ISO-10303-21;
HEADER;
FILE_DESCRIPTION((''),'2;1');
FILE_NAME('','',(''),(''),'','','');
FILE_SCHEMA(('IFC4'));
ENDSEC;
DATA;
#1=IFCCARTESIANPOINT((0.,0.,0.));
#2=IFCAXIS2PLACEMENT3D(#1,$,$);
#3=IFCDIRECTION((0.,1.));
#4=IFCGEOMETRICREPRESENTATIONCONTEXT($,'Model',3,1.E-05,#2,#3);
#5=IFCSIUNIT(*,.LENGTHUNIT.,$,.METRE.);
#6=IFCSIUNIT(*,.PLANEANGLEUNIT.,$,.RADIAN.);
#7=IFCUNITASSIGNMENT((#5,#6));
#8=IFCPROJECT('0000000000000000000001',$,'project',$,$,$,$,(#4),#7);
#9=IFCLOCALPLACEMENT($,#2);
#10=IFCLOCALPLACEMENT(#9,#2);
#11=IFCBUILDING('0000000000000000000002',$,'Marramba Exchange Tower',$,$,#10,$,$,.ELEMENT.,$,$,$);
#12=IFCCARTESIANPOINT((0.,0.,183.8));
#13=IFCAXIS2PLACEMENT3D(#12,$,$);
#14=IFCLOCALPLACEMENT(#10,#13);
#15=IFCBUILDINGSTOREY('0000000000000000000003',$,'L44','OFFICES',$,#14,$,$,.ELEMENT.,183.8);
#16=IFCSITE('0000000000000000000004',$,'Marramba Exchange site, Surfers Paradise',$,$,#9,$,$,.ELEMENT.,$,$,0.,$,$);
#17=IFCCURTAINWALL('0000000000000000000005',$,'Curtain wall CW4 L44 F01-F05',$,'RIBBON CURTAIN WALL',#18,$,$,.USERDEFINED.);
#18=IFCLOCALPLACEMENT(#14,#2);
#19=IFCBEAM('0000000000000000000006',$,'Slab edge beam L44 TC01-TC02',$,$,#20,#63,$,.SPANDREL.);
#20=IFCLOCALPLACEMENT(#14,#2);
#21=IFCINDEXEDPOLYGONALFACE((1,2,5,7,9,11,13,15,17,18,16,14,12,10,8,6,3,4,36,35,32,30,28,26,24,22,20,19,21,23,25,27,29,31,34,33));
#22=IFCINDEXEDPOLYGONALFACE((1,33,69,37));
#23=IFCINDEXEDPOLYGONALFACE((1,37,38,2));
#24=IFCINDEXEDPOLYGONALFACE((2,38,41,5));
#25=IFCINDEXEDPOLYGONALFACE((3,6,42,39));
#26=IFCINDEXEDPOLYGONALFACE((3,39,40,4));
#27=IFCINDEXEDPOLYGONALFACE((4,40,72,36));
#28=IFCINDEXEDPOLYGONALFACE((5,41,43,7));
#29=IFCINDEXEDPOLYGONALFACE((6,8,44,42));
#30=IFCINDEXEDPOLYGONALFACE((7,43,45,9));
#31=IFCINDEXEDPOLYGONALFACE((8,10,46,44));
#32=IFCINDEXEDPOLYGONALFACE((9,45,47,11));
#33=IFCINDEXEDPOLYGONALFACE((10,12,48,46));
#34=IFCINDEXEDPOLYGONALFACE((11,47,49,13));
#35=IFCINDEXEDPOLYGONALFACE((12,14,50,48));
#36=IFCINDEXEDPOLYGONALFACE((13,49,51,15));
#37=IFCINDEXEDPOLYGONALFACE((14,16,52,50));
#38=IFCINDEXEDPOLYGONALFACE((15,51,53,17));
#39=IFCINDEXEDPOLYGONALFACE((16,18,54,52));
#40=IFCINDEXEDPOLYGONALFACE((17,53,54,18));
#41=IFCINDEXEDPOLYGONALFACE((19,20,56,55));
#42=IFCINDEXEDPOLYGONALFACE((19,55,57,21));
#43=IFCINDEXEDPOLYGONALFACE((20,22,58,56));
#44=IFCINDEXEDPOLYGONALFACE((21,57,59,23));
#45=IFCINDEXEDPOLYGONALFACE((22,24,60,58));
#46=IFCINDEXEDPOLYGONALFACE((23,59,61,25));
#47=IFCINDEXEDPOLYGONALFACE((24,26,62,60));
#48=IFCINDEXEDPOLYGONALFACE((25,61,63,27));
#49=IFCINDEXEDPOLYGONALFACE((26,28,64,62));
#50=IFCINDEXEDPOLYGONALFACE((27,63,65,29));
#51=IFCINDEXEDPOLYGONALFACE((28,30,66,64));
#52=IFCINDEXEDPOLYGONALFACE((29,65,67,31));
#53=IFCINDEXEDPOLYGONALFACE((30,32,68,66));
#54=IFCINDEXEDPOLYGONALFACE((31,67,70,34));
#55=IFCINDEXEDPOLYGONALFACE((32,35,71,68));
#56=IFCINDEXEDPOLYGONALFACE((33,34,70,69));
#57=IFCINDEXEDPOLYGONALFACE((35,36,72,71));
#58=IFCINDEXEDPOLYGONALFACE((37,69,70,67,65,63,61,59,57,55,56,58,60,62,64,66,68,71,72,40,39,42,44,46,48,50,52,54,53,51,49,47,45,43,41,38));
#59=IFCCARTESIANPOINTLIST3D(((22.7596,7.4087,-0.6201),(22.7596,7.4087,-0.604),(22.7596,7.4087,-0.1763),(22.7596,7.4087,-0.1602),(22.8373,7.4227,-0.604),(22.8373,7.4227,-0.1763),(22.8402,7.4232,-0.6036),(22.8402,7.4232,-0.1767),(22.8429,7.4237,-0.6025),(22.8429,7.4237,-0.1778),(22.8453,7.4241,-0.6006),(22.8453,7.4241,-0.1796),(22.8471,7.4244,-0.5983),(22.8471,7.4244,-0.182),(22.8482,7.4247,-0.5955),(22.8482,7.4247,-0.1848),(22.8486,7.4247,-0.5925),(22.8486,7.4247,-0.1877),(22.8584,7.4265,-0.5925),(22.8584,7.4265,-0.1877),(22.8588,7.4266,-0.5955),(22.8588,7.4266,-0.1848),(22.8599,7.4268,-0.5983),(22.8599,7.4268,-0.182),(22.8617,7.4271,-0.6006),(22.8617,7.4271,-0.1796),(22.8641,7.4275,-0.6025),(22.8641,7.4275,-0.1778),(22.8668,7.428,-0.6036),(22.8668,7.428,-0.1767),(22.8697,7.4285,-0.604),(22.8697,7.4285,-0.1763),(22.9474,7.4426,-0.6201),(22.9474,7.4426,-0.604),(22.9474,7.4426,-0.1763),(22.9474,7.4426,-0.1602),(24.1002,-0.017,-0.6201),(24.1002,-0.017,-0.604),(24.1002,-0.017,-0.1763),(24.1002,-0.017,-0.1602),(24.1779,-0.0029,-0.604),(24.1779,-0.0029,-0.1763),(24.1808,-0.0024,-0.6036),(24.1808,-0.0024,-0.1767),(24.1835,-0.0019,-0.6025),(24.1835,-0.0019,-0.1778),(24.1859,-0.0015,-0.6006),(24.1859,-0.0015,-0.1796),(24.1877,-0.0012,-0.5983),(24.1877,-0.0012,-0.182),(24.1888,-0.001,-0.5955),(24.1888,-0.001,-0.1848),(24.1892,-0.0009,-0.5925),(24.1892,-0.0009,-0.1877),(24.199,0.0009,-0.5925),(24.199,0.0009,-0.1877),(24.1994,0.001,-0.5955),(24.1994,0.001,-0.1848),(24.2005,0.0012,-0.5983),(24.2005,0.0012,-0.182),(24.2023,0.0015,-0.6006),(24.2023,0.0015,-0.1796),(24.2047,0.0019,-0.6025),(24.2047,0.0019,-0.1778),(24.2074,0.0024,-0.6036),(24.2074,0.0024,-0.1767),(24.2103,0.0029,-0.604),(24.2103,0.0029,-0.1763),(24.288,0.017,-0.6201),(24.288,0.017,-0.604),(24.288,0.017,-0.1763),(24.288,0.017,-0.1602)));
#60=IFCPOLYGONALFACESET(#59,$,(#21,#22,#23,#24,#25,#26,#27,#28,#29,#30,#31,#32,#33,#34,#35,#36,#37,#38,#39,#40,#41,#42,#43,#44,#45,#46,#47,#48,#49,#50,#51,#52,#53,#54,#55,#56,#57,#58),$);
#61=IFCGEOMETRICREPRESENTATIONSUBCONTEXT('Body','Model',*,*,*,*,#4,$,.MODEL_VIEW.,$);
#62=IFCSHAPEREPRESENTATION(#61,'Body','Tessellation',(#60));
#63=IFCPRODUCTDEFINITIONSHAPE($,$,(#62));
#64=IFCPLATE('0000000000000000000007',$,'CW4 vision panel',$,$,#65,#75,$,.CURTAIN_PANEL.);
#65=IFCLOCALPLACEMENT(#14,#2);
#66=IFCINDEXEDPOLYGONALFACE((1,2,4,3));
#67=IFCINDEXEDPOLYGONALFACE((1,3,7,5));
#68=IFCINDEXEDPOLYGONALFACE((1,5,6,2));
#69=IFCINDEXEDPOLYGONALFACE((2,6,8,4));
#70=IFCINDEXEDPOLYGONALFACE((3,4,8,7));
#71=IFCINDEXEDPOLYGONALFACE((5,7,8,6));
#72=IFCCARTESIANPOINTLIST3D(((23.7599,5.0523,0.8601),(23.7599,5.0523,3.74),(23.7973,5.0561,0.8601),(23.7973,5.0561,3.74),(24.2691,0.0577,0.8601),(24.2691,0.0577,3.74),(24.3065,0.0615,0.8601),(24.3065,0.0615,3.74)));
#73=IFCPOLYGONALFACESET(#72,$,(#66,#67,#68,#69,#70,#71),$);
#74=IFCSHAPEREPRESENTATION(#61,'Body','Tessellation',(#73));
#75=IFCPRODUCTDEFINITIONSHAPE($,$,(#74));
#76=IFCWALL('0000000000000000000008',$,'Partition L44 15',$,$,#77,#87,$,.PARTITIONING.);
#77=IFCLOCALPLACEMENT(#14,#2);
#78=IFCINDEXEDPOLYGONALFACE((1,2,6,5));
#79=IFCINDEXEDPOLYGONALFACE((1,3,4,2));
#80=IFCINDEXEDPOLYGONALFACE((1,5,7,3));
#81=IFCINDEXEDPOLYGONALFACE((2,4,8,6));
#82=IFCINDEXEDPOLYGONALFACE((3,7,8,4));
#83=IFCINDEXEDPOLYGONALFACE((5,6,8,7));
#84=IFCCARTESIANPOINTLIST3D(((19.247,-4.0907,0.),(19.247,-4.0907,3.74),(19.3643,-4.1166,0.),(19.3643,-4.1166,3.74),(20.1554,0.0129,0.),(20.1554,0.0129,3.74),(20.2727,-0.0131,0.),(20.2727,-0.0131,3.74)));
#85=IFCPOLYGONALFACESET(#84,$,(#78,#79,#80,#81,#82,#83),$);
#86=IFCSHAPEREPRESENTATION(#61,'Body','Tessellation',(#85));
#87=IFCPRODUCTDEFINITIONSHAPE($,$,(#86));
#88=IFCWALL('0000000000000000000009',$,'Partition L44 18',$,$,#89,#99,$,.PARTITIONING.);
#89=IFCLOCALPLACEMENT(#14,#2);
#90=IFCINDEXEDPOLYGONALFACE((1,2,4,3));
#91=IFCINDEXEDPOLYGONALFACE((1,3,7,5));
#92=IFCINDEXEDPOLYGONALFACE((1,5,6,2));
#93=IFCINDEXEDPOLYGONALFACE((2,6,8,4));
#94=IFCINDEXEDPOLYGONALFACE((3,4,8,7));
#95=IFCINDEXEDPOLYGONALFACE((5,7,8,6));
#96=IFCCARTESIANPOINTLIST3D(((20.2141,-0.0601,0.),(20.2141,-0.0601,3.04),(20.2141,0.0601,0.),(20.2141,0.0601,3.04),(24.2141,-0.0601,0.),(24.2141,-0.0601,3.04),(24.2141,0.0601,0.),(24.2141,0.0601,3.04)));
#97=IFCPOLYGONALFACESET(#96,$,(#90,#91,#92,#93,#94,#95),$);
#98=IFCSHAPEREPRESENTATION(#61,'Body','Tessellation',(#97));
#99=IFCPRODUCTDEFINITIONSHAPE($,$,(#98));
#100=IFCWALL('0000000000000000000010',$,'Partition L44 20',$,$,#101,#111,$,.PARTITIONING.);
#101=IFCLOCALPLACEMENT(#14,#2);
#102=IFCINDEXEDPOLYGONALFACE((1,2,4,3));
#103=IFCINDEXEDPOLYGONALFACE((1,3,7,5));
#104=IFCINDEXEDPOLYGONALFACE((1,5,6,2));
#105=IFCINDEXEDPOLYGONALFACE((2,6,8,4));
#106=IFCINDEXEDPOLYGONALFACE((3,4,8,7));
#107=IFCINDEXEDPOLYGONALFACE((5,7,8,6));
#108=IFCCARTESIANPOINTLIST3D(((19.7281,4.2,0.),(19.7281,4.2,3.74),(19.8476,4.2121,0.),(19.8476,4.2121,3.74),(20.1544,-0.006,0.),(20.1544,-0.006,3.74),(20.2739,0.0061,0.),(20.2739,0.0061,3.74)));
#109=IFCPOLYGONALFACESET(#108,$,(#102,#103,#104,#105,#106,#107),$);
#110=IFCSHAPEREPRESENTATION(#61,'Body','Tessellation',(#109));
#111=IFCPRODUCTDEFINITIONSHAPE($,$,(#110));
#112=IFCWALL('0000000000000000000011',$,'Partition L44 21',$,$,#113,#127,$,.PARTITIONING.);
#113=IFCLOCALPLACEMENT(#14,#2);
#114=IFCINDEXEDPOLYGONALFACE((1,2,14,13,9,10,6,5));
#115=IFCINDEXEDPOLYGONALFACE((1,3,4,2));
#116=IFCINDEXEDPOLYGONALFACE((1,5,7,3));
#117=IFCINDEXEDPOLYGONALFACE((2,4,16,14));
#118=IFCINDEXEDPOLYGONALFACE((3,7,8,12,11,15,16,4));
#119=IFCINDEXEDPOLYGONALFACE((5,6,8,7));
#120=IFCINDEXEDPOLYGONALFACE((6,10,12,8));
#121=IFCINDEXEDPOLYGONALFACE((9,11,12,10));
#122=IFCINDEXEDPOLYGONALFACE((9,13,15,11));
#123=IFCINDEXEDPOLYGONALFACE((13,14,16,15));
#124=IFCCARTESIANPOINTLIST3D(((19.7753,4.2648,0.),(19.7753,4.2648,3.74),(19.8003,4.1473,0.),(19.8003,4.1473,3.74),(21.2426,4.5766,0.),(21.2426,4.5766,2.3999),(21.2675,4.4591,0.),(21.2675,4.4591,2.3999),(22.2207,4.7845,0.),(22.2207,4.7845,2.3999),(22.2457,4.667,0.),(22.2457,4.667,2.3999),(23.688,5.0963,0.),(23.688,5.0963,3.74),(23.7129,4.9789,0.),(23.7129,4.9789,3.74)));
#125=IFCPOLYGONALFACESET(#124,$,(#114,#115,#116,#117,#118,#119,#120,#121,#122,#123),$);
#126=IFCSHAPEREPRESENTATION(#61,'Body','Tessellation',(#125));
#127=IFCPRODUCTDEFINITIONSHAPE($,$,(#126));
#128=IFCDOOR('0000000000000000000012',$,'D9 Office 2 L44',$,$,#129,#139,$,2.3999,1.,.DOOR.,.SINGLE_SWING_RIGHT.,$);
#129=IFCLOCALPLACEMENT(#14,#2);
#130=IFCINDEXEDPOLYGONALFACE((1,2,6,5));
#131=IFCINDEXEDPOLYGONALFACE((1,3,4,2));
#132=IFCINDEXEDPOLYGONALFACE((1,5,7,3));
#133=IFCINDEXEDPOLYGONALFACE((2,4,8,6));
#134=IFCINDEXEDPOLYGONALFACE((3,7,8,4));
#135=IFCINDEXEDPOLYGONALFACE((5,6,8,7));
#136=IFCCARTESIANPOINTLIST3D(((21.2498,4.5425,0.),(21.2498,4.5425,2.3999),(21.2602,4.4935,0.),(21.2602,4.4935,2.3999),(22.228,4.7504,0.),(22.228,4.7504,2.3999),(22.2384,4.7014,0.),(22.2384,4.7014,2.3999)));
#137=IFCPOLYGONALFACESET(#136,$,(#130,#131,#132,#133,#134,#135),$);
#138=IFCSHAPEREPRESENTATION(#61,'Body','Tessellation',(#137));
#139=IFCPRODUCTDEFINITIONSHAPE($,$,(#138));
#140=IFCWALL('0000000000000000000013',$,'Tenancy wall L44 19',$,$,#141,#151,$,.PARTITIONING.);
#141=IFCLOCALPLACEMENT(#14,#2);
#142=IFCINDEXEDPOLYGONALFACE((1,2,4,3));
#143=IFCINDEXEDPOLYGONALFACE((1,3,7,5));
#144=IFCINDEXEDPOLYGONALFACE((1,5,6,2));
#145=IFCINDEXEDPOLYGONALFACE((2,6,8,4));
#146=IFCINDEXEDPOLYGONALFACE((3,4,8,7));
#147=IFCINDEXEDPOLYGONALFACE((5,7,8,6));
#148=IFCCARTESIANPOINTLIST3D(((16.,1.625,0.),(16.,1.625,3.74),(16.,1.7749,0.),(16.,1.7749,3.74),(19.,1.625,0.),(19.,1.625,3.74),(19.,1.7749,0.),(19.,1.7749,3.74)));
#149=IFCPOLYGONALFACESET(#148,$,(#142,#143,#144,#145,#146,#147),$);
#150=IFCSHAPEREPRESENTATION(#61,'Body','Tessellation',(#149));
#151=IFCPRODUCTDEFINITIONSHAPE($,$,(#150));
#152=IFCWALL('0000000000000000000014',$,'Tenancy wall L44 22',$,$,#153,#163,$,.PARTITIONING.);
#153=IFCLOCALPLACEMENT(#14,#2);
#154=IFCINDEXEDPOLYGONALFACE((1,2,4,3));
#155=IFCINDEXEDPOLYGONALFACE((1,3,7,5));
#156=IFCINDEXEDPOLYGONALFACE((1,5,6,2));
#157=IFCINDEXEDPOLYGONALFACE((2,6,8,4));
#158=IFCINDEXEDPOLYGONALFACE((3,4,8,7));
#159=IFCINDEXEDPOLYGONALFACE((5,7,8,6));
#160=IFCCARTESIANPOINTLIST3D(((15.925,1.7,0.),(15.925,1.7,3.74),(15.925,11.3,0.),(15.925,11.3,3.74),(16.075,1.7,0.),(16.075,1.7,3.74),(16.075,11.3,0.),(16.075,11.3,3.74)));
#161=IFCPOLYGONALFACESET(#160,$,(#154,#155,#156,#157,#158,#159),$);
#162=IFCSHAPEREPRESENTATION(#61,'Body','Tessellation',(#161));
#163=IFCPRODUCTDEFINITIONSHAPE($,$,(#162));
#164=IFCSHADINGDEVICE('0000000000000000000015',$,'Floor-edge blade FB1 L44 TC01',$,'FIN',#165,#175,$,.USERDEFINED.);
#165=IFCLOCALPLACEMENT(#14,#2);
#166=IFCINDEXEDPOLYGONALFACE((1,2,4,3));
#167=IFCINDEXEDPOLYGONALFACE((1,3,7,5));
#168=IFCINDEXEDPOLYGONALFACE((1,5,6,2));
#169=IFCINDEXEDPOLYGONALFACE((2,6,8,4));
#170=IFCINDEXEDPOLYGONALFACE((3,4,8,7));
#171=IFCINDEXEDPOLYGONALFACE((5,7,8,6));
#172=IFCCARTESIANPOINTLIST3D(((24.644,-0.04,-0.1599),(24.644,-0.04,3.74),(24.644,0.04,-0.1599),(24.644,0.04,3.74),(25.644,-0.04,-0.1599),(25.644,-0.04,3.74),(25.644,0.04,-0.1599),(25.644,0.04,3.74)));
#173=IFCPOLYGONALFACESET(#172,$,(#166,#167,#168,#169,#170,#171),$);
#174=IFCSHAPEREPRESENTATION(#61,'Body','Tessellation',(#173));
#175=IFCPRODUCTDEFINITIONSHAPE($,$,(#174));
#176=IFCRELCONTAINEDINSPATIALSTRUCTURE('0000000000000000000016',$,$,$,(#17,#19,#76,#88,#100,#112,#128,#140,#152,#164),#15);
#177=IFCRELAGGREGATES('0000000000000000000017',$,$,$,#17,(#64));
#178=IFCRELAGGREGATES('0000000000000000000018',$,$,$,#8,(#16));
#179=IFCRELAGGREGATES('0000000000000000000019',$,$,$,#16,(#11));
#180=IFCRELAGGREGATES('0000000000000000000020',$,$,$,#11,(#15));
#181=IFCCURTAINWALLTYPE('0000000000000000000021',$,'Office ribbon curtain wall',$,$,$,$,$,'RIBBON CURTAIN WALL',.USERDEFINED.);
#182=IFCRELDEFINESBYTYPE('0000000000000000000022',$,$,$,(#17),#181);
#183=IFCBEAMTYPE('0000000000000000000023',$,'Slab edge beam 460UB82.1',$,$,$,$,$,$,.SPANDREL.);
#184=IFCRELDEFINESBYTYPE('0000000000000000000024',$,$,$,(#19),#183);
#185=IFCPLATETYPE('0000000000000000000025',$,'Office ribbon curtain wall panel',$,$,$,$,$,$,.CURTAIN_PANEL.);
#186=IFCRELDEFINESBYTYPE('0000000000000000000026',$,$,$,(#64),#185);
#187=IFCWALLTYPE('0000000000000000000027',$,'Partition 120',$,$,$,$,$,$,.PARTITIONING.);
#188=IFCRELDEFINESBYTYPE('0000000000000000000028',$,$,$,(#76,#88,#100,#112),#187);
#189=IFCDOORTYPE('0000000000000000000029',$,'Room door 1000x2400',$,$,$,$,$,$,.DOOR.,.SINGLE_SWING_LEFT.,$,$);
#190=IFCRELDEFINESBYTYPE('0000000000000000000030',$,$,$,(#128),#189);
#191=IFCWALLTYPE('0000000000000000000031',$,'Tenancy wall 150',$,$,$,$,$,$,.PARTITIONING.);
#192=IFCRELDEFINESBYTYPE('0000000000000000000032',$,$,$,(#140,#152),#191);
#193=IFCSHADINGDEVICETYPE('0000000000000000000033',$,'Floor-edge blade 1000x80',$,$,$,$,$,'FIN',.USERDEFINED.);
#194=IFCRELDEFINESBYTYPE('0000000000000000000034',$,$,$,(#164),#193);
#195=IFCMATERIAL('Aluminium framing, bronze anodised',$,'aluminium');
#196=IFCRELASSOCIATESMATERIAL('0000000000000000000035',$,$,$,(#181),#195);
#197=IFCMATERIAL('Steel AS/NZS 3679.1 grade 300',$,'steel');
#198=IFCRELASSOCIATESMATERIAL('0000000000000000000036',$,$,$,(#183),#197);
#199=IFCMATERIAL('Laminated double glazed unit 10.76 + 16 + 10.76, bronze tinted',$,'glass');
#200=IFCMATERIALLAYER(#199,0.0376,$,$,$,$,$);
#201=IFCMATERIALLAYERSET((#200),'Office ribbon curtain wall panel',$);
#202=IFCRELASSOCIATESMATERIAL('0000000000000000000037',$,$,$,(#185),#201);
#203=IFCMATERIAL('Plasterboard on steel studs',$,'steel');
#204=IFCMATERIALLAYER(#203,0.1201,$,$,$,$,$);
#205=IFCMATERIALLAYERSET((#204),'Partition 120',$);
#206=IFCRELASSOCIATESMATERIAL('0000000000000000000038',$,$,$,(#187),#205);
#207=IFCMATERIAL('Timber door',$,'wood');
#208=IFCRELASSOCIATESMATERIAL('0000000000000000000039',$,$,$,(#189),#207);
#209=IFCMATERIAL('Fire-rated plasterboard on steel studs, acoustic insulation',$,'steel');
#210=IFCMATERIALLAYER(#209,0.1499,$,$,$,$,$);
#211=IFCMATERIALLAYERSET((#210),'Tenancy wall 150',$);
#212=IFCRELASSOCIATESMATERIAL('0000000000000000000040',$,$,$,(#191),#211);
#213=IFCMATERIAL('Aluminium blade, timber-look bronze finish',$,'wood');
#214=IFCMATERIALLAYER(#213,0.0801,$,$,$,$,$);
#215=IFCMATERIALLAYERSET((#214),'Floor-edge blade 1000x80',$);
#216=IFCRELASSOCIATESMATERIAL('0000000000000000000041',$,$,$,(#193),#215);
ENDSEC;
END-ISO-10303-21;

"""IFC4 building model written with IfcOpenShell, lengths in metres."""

from ifc_helpers import new_model, si_unit, direction, frame, frame_2d, origin, origin_2d, place, context, subcontext, project, spatial, rectangle, i_section, extrude, material, layer, layer_set, material_profile, profile_set, type_object, element, fill, aggregate, save


model = new_model("IFC4")

# Units and contexts
model_context = context("Model", 3, precision=1e-05, world=origin(), true_north=direction((0.0, 1.0)))
body_context = subcontext(model_context, "Body", "Model", "MODEL_VIEW")
ifc_project = project(units=[si_unit("LENGTHUNIT", "METRE"), si_unit("PLANEANGLEUNIT", "RADIAN")], contexts=[model_context])

# Site, building, storey
site_placement = place(None, origin())
site = spatial("IfcSite", under=ifc_project, at=site_placement, Name="Marramba Exchange site, Surfers Paradise", CompositionType="ELEMENT", RefElevation=0.0)
building_placement = place(site_placement, origin())
building = spatial("IfcBuilding", under=site, at=building_placement, Name="Marramba Exchange Tower", CompositionType="ELEMENT")
storey_placement = place(building_placement, frame((0.0, 0.0, 183.8)))
storey = spatial("IfcBuildingStorey", under=building, at=storey_placement, Name="L44", Description="OFFICES", CompositionType="ELEMENT", Elevation=183.8)

# Shared definitions
ifc_material_1 = material(Name="Steel AS/NZS 3679.1 grade 300", Category="steel")

# Curtain wall
ifc_material_2 = material(Name="Aluminium framing, bronze anodised", Category="aluminium")
curtain_wall_type = type_object("IfcCurtainWallType", Name="Office ribbon curtain wall", ElementType="RIBBON CURTAIN WALL", PredefinedType="USERDEFINED", material=ifc_material_2)
curtain_wall_placement = place(storey_placement, origin())
curtain_wall = element("IfcCurtainWall", 1, at=curtain_wall_placement, inside=storey, type_object=curtain_wall_type, Name="Curtain wall CW4 L44 F01-F05", ObjectType="RIBBON CURTAIN WALL", PredefinedType="USERDEFINED")

# Beam
ifc_material_profile_1 = material_profile(ifc_material_1, i_section(OverallWidth=0.1909, OverallDepth=0.46, WebThickness=0.01, FlangeThickness=0.0161, FilletRadius=0.0115, at=origin_2d()), Name="460UB82.1")
ifc_profile_set_1 = profile_set([ifc_material_profile_1], Name="Steel AS/NZS 3679.1 grade 300")
beam_type_1 = type_object("IfcBeamType", Name="Slab edge beam 460UB82.1", PredefinedType="SPANDREL", material=ifc_profile_set_1)
beam_1_placement = place(storey_placement, frame((24.1941, 0.0, -0.3901), z_axis=(-0.177664, 0.984091, 0.0), x_axis=(-0.984091, -0.177664, 0.0)))
element("IfcBeam", 2, at=beam_1_placement, inside=storey, type_object=beam_type_1, Name="Slab edge beam L44 TC01-TC02", PredefinedType="SPANDREL", context=body_context, shape_type="SweptSolid", body=[
    extrude(i_section(OverallWidth=0.1909, OverallDepth=0.46, WebThickness=0.01, FlangeThickness=0.0161, FilletRadius=0.0115, at=origin_2d()), origin(), (0.0, 0.0, 1.0), 7.5457),
])

# Plate
ifc_material_3 = material(Name="Laminated double glazed unit 10.76 + 16 + 10.76, bronze tinted", Category="glass")
ifc_layer_1 = layer(ifc_material_3, 0.0376)
ifc_layer_set_1 = layer_set([ifc_layer_1], Name="Office ribbon curtain wall panel")
plate_type = type_object("IfcPlateType", Name="Office ribbon curtain wall panel", PredefinedType="CURTAIN_PANEL", material=ifc_layer_set_1)
plate_placement = place(storey_placement, frame((24.0332, 2.5569, 0.8601), z_axis=(0.0, 0.0, 1.0), x_axis=(-0.101422, 0.994843, 0.0)))
plate = element("IfcPlate", 3, at=plate_placement, type_object=plate_type, Name="CW4 vision panel", PredefinedType="CURTAIN_PANEL", context=body_context, shape_type="SweptSolid", body=[
    extrude(rectangle(XDim=5.0205, YDim=0.0376, at=origin_2d()), origin(), (0.0, 0.0, 1.0), 2.8799),
])
aggregate(curtain_wall, [plate])

# Walls
ifc_material_4 = material(Name="Plasterboard on steel studs", Category="steel")
ifc_layer_2 = layer(ifc_material_4, 0.1201)
ifc_layer_set_2 = layer_set([ifc_layer_2], Name="Partition 120")
wall_type_1 = type_object("IfcWallType", Name="Partition 120", PredefinedType="PARTITIONING", material=ifc_layer_set_2)
wall_1_placement = place(storey_placement, frame((20.2141, 0.0, 0.0), z_axis=(0.0, 0.0, 1.0), x_axis=(-0.216149, -0.97636, 0.0)))
element("IfcWall", 4, at=wall_1_placement, inside=storey, type_object=wall_type_1, Name="Partition L44 15", PredefinedType="PARTITIONING", context=body_context, shape_type="SweptSolid", body=[
    extrude(rectangle(XDim=4.2029, YDim=0.1201, at=frame_2d((2.1016, 0.0))), origin(), (0.0, 0.0, 1.0), 3.74),
])
wall_2_placement = place(storey_placement, frame((20.2141, 0.0, 0.0), z_axis=(0.0, 0.0, 1.0), x_axis=(1.0, 0.0, 0.0)))
element("IfcWall", 5, at=wall_2_placement, inside=storey, type_object=wall_type_1, Name="Partition L44 18", PredefinedType="PARTITIONING", context=body_context, shape_type="SweptSolid", body=[
    extrude(rectangle(XDim=4.0, YDim=0.1201, at=frame_2d((2.0, 0.0))), origin(), (0.0, 0.0, 1.0), 3.04),
])
wall_3_placement = place(storey_placement, frame((19.7878, 4.2061, 0.0), z_axis=(0.0, 0.0, 1.0), x_axis=(0.10083, -0.994904, 0.0)))
element("IfcWall", 6, at=wall_3_placement, inside=storey, type_object=wall_type_1, Name="Partition L44 20", PredefinedType="PARTITIONING", context=body_context, shape_type="SweptSolid", body=[
    extrude(rectangle(XDim=4.2275, YDim=0.1201, at=frame_2d((2.1138, 0.0))), origin(), (0.0, 0.0, 1.0), 3.74),
])

# Wall, opening, door
wall_4_placement = place(storey_placement, frame((23.7004, 5.0376, 0.0), z_axis=(0.0, 0.0, 1.0), x_axis=(-0.978153, -0.207886, 0.0)))
wall_4 = element("IfcWall", 7, at=wall_4_placement, inside=storey, type_object=wall_type_1, Name="Partition L44 21", PredefinedType="PARTITIONING", context=body_context, shape_type="SweptSolid", body=[
    extrude(rectangle(XDim=4.0, YDim=0.1201, at=frame_2d((2.0, 0.0))), origin(), (0.0, 0.0, 1.0), 3.74),
])
opening_placement = place(wall_4_placement, frame((1.5, 0.0, 0.0)))
opening = element("IfcOpeningElement", 8, at=opening_placement, cuts=wall_4, PredefinedType="OPENING", context=body_context, shape_type="SweptSolid", body=[
    extrude(rectangle(XDim=1.0, YDim=2.3999, at=frame_2d((0.5, 1.2))), frame((0.0, 0.0701, 0.0), z_axis=(0.0, -1.0, 0.0), x_axis=(1.0, 0.0, 0.0)), (0.0, 0.0, 1.0), 0.1401),
])
ifc_material_5 = material(Name="Timber door", Category="wood")
door_type = type_object("IfcDoorType", Name="Room door 1000x2400", OperationType="SINGLE_SWING_LEFT", PredefinedType="DOOR", material=ifc_material_5)
door_placement = place(opening_placement, origin())
door = element("IfcDoor", 9, at=door_placement, inside=storey, type_object=door_type, Name="D9 Office 2 L44", OperationType="SINGLE_SWING_RIGHT", OverallHeight=2.3999, OverallWidth=1.0, PredefinedType="DOOR", context=body_context, shape_type="SweptSolid", body=[
    extrude(rectangle(XDim=1.0, YDim=2.3999, at=frame_2d((0.5, 1.2))), frame((0.0, 0.0249, 0.0), z_axis=(0.0, -1.0, 0.0), x_axis=(1.0, 0.0, 0.0)), (0.0, 0.0, 1.0), 0.05),
])
fill(opening, door)

# Walls
ifc_material_6 = material(Name="Fire-rated plasterboard on steel studs, acoustic insulation", Category="steel")
ifc_layer_3 = layer(ifc_material_6, 0.1499)
ifc_layer_set_3 = layer_set([ifc_layer_3], Name="Tenancy wall 150")
wall_type_2 = type_object("IfcWallType", Name="Tenancy wall 150", PredefinedType="PARTITIONING", material=ifc_layer_set_3)
wall_5_placement = place(storey_placement, frame((19.0, 1.7, 0.0), z_axis=(0.0, 0.0, 1.0), x_axis=(-1.0, 0.0, 0.0)))
element("IfcWall", 10, at=wall_5_placement, inside=storey, type_object=wall_type_2, Name="Tenancy wall L44 19", PredefinedType="PARTITIONING", context=body_context, shape_type="SweptSolid", body=[
    extrude(rectangle(XDim=3.0, YDim=0.1499, at=frame_2d((1.5, 0.0))), origin(), (0.0, 0.0, 1.0), 3.74),
])
wall_6_placement = place(storey_placement, frame((16.0, 1.7, 0.0), z_axis=(0.0, 0.0, 1.0), x_axis=(0.0, 1.0, 0.0)))
element("IfcWall", 11, at=wall_6_placement, inside=storey, type_object=wall_type_2, Name="Tenancy wall L44 22", PredefinedType="PARTITIONING", context=body_context, shape_type="SweptSolid", body=[
    extrude(rectangle(XDim=9.6001, YDim=0.1499, at=frame_2d((4.8, 0.0))), origin(), (0.0, 0.0, 1.0), 3.74),
])

# Shading device
ifc_material_7 = material(Name="Aluminium blade, timber-look bronze finish", Category="wood")
ifc_layer_4 = layer(ifc_material_7, 0.0801)
ifc_layer_set_4 = layer_set([ifc_layer_4], Name="Floor-edge blade 1000x80")
shading_device_type_1 = type_object("IfcShadingDeviceType", Name="Floor-edge blade 1000x80", ElementType="FIN", PredefinedType="USERDEFINED", material=ifc_layer_set_4)
shading_device_1_placement = place(storey_placement, frame((25.144, 0.0, -0.1599), z_axis=(0.0, 0.0, 1.0), x_axis=(1.0, 0.0, 0.0)))
element("IfcShadingDevice", 12, at=shading_device_1_placement, inside=storey, type_object=shading_device_type_1, Name="Floor-edge blade FB1 L44 TC01", ObjectType="FIN", PredefinedType="USERDEFINED", context=body_context, shape_type="SweptSolid", body=[
    extrude(rectangle(XDim=1.0, YDim=0.0801, at=origin_2d()), origin(), (0.0, 0.0, 1.0), 3.8999),
])

save(model, "model.ifc")
